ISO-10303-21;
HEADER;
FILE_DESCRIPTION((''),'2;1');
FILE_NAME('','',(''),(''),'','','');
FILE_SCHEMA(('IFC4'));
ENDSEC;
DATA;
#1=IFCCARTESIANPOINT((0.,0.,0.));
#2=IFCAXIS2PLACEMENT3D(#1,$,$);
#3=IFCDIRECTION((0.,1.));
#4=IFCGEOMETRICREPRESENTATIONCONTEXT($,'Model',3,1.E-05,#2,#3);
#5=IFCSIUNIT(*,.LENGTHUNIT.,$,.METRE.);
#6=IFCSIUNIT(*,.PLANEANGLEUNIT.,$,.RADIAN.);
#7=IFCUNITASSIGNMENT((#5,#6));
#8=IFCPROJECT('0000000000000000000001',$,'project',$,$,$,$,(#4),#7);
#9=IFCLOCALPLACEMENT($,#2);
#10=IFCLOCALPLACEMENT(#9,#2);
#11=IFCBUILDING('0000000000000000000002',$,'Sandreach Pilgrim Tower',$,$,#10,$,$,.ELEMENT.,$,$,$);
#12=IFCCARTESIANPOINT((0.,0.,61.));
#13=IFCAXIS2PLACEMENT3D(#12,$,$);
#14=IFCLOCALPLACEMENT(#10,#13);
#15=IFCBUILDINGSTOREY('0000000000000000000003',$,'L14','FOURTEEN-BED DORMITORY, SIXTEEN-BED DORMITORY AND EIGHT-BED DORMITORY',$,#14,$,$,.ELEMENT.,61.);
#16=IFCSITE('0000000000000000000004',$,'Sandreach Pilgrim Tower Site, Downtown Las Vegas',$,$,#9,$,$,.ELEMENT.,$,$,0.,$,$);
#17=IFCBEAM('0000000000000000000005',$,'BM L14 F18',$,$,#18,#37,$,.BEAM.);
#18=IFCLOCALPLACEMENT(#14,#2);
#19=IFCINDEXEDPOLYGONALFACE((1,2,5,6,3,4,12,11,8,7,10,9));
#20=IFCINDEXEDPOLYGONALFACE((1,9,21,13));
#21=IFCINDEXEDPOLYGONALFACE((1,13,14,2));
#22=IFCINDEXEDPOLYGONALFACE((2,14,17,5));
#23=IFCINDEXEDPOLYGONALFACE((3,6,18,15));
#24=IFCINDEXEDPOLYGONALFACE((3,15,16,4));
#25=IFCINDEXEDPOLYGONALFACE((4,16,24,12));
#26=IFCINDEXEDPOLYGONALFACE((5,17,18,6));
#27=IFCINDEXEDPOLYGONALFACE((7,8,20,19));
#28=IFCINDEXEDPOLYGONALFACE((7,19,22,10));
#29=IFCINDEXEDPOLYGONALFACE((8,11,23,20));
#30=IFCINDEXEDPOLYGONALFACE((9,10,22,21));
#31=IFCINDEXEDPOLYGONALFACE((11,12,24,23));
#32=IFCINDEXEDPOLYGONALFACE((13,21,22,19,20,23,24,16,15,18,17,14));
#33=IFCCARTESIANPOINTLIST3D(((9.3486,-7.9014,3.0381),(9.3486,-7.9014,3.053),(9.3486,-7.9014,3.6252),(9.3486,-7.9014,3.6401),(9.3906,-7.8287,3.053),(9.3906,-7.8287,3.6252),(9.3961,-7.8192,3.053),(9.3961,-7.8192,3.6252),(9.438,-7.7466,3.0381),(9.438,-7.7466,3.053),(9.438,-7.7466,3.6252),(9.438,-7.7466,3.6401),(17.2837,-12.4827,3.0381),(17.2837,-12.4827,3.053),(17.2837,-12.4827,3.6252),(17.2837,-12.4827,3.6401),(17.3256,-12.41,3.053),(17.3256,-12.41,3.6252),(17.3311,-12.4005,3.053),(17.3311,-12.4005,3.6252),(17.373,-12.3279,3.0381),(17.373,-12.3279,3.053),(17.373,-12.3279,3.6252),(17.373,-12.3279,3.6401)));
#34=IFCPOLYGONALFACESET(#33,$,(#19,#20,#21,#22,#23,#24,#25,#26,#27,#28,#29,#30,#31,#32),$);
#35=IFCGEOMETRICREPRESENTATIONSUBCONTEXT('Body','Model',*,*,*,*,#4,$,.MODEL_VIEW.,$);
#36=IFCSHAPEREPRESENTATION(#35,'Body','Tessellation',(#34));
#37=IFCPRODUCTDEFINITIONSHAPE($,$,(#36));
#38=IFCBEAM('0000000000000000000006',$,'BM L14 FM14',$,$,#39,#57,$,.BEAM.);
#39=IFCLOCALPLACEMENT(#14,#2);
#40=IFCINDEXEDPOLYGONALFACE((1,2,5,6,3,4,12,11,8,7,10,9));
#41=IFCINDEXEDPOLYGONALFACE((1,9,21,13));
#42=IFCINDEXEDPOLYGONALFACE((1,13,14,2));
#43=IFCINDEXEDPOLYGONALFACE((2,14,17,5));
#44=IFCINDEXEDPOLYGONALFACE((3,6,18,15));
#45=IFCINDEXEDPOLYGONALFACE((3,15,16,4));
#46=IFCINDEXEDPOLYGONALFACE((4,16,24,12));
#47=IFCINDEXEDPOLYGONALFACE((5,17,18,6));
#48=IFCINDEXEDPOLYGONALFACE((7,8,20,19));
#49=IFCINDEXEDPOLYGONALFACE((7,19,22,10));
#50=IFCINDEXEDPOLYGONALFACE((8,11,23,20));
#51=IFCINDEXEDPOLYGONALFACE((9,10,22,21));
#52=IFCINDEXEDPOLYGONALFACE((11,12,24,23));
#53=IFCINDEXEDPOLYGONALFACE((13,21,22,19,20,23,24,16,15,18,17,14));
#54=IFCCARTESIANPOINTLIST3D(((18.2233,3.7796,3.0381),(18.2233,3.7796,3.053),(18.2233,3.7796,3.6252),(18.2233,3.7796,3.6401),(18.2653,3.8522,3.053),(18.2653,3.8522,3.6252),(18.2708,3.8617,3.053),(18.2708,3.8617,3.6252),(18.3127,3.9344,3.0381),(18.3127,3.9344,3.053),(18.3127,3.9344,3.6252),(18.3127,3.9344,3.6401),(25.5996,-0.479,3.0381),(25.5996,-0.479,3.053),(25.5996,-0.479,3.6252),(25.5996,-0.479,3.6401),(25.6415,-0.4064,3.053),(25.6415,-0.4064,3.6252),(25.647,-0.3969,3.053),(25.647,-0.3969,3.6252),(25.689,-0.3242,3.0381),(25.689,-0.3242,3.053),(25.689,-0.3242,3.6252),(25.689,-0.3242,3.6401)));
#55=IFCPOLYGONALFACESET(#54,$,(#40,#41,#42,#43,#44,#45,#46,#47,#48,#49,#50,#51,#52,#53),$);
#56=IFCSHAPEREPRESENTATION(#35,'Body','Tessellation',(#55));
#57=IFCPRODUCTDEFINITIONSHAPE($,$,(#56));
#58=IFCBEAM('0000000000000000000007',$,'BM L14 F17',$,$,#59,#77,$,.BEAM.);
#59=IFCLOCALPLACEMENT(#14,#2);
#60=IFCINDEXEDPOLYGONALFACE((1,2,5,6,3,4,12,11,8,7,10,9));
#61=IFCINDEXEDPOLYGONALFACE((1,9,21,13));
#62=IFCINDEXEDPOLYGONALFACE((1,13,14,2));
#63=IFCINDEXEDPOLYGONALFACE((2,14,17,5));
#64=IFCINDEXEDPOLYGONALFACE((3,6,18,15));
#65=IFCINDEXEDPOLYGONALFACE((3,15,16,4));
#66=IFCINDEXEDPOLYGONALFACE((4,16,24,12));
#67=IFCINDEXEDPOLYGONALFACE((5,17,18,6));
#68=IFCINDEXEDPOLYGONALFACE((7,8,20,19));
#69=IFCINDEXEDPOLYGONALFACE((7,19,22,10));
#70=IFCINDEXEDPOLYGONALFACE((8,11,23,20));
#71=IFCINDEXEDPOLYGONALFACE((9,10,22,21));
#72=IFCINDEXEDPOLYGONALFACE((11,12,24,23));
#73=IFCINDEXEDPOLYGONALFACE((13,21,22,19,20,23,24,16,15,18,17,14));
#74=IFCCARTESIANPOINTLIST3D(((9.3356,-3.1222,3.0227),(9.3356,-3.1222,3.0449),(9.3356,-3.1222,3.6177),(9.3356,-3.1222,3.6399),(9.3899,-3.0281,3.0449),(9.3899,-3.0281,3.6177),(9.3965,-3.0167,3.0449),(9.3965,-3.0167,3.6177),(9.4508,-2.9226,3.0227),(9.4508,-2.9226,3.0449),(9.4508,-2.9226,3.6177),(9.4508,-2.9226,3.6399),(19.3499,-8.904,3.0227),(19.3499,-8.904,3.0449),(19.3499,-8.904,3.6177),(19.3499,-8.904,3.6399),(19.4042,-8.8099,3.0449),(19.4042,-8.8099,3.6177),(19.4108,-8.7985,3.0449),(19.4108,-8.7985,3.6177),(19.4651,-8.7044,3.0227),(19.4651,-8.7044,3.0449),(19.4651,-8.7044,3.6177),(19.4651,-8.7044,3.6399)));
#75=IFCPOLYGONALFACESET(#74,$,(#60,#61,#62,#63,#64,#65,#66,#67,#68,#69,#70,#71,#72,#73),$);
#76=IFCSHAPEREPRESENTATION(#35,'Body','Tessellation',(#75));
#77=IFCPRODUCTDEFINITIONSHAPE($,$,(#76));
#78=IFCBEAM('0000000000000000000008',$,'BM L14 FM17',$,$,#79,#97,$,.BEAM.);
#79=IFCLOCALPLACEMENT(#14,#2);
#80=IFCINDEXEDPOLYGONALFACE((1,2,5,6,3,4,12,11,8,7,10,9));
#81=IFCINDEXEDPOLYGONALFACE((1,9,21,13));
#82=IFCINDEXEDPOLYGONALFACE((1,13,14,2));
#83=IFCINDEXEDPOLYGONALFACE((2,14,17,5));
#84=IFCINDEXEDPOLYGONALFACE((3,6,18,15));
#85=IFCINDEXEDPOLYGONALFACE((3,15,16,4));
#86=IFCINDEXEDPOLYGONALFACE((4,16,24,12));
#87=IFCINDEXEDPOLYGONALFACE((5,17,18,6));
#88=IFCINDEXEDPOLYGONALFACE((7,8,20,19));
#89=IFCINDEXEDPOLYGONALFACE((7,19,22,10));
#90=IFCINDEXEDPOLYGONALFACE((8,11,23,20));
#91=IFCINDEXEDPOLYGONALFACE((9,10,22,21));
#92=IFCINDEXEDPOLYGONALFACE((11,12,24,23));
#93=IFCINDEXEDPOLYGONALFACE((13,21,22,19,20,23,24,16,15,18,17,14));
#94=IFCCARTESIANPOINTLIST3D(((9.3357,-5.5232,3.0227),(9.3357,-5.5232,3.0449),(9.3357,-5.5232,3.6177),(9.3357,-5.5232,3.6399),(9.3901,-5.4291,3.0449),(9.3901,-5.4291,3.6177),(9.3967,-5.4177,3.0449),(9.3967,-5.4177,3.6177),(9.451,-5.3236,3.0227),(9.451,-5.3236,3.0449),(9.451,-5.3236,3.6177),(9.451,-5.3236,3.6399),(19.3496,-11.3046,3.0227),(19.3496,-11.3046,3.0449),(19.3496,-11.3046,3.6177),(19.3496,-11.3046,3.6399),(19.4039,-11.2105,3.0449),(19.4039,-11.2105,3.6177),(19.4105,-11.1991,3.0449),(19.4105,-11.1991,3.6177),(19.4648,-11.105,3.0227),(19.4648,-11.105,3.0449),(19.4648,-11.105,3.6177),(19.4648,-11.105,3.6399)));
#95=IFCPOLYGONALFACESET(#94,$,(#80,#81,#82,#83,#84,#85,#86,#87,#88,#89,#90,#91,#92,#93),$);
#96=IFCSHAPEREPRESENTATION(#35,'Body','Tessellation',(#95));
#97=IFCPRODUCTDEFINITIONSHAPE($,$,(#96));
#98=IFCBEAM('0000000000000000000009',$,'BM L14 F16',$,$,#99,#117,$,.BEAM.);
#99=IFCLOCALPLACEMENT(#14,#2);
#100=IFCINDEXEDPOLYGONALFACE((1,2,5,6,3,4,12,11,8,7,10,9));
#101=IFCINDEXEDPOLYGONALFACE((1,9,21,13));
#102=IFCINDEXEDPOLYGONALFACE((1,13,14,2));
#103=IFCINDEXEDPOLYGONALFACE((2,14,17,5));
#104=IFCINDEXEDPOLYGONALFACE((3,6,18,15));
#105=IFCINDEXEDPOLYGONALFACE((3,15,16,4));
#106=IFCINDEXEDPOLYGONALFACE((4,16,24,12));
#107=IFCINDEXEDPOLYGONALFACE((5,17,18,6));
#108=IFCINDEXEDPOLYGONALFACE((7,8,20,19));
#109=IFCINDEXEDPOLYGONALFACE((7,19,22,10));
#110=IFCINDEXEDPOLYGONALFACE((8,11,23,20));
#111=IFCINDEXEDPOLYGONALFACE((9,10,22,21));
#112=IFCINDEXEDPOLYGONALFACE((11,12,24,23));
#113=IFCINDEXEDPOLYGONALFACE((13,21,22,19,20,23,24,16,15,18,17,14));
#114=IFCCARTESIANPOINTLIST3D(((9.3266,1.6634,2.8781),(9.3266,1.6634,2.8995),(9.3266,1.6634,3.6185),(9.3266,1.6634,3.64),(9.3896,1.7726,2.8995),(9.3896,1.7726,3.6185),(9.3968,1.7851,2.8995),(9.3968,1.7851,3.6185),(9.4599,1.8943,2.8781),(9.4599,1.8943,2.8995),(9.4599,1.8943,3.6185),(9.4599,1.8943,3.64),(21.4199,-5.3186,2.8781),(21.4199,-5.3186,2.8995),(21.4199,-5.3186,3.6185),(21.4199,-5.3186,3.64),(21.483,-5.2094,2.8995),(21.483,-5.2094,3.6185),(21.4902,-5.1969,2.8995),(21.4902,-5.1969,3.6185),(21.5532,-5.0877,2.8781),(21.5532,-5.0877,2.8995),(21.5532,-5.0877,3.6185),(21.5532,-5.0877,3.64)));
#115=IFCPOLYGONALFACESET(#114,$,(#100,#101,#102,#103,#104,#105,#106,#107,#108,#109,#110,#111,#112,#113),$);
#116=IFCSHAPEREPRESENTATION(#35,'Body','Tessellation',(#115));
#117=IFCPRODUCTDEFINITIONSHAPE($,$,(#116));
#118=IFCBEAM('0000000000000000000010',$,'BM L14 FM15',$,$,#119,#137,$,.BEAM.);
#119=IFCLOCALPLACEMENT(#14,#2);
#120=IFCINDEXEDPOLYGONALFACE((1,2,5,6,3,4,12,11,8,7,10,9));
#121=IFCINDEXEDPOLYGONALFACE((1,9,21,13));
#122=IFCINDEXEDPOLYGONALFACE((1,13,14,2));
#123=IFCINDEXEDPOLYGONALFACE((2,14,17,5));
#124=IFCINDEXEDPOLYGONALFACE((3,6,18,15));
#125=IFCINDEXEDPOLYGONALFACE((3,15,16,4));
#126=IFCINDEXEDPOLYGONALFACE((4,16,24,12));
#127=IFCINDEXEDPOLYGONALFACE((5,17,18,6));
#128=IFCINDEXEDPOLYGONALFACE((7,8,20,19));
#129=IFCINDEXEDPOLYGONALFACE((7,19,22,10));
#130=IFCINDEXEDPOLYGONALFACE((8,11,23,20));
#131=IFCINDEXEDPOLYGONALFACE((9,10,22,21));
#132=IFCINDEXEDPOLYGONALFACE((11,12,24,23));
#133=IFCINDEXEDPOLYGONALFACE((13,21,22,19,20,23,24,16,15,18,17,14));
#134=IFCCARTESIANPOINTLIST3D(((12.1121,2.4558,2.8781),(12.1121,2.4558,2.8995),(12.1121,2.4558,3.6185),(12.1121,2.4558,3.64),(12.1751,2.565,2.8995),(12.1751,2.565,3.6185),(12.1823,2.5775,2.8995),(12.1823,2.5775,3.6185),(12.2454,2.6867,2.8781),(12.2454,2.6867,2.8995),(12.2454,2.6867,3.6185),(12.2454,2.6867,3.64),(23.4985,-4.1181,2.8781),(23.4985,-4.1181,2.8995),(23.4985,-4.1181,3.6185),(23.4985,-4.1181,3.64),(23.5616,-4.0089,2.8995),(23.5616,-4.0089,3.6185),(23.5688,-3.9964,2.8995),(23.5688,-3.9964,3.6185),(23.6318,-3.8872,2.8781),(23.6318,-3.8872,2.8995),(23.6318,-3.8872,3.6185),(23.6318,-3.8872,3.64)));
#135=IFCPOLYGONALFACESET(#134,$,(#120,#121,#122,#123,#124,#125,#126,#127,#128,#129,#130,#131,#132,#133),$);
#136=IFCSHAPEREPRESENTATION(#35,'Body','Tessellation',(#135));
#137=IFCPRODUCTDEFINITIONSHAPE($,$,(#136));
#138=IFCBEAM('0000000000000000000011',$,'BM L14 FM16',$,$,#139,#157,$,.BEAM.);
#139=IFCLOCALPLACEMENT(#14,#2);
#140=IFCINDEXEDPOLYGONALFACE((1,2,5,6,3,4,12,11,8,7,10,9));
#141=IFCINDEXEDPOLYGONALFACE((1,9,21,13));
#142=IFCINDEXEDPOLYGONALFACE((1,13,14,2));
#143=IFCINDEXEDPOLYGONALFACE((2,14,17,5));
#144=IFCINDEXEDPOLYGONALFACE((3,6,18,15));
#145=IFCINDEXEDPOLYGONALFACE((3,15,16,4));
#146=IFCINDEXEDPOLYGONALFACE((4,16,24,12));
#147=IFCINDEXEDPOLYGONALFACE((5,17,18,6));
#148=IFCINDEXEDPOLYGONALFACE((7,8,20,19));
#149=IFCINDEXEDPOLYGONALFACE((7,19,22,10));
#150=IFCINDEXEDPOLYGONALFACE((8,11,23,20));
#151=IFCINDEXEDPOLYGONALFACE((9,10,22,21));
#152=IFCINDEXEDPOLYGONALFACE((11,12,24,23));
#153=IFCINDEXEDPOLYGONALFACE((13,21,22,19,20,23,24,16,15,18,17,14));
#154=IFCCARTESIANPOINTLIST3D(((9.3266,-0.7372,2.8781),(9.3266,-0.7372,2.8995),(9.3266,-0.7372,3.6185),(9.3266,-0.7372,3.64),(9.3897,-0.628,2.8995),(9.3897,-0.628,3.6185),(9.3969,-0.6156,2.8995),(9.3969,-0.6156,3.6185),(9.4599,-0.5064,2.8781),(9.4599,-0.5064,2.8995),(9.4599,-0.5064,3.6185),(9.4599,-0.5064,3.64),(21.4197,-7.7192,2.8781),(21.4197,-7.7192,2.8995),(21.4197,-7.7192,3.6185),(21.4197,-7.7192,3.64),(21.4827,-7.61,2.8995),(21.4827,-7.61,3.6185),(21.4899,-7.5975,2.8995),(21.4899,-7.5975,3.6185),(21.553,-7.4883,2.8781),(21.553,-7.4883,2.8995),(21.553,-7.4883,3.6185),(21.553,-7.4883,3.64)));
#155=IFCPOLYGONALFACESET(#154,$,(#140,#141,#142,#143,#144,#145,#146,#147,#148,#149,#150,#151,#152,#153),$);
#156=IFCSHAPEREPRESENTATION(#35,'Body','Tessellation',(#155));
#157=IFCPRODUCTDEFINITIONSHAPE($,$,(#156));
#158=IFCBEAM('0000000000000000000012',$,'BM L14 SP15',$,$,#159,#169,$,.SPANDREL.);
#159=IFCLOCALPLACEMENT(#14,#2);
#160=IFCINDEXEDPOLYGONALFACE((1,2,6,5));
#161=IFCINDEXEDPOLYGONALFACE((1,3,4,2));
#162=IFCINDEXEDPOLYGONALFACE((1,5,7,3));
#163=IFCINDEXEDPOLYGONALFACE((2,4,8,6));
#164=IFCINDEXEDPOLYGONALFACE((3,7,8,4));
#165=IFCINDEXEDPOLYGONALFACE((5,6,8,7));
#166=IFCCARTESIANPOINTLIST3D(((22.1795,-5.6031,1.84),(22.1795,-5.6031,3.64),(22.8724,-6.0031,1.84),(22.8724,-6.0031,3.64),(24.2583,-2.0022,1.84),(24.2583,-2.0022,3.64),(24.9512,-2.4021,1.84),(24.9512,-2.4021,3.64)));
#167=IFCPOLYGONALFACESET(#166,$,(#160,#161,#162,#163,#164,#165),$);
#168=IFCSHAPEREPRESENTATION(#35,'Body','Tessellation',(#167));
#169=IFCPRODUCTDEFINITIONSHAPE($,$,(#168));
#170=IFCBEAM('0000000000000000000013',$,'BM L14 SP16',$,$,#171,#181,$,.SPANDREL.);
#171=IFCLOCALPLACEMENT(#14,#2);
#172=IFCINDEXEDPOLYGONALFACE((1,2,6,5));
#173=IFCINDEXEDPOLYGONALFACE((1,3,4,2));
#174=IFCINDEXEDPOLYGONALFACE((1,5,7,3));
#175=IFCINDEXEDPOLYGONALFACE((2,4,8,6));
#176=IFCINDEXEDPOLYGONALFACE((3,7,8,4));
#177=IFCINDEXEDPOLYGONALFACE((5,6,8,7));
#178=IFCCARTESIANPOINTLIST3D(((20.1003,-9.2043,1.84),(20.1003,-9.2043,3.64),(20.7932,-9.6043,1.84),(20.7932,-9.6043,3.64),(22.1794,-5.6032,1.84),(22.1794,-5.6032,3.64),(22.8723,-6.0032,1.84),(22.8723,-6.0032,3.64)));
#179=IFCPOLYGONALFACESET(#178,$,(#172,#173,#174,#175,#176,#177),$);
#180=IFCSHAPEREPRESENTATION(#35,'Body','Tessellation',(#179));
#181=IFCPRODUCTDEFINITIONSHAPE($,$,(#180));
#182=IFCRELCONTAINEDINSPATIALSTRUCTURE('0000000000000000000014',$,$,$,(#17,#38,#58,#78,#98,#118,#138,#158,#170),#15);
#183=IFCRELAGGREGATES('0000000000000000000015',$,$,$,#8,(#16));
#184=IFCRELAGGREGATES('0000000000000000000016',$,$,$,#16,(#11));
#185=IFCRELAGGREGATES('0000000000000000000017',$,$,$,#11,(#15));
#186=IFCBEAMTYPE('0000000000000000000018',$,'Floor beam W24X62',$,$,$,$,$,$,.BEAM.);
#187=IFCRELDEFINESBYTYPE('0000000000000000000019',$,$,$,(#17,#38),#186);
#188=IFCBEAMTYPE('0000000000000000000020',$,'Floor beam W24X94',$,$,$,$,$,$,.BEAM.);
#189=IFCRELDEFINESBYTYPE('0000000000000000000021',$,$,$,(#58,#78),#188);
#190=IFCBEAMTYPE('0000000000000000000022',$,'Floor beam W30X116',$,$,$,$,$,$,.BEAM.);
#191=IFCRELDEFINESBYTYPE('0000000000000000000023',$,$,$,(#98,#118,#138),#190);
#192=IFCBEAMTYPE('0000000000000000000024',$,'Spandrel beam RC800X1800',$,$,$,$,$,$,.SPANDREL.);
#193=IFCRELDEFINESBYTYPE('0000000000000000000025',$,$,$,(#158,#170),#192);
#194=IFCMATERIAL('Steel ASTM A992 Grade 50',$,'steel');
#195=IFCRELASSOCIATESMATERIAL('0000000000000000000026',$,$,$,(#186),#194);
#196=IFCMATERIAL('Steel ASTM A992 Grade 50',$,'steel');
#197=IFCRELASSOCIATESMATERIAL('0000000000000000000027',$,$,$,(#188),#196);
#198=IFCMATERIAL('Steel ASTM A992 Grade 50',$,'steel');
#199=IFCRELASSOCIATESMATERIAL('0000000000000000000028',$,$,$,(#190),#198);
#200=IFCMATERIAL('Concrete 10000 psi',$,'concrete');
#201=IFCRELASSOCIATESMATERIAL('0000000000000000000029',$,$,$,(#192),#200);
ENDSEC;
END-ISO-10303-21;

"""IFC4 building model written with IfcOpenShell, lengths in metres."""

from ifc_helpers import new_model, si_unit, direction, frame, origin, origin_2d, place, context, subcontext, project, spatial, rectangle, i_section, extrude, material, material_profile, profile_set, type_object, element, save


model = new_model("IFC4")

# Units and contexts
model_context = context("Model", 3, precision=1e-05, world=origin(), true_north=direction((0.0, 1.0)))
body_context = subcontext(model_context, "Body", "Model", "MODEL_VIEW")
ifc_project = project(units=[si_unit("LENGTHUNIT", "METRE"), si_unit("PLANEANGLEUNIT", "RADIAN")], contexts=[model_context])

# Site, building, storey
site_placement = place(None, origin())
site = spatial("IfcSite", under=ifc_project, at=site_placement, Name="Sandreach Pilgrim Tower Site, Downtown Las Vegas", CompositionType="ELEMENT", RefElevation=0.0)
building_placement = place(site_placement, origin())
building = spatial("IfcBuilding", under=site, at=building_placement, Name="Sandreach Pilgrim Tower", CompositionType="ELEMENT")
storey_placement = place(building_placement, frame((0.0, 0.0, 61.0)))
storey = spatial("IfcBuildingStorey", under=building, at=storey_placement, Name="L14", Description="FOURTEEN-BED DORMITORY, SIXTEEN-BED DORMITORY AND EIGHT-BED DORMITORY", CompositionType="ELEMENT", Elevation=61.0)

# Beams
ifc_material_1 = material(Name="Steel ASTM A992 Grade 50", Category="steel")
ifc_material_profile_1 = material_profile(ifc_material_1, i_section(OverallWidth=0.1787, OverallDepth=0.6021, WebThickness=0.011, FlangeThickness=0.0149, at=origin_2d()), Name="W24X62")
ifc_profile_set_1 = profile_set([ifc_material_profile_1], Name="Steel ASTM A992 Grade 50")
beam_type_1 = type_object("IfcBeamType", Name="Floor beam W24X62", PredefinedType="BEAM", material=ifc_profile_set_1)
beam_1_placement = place(storey_placement, frame((17.3284, -12.4053, 3.3391), z_axis=(-0.866026, 0.499999, 0.0), x_axis=(-0.499999, -0.866026, 0.0)))
element("IfcBeam", 1, at=beam_1_placement, inside=storey, type_object=beam_type_1, Name="BM L14 F18", PredefinedType="BEAM", context=body_context, shape_type="SweptSolid", body=[
    extrude(i_section(OverallWidth=0.1787, OverallDepth=0.6021, WebThickness=0.011, FlangeThickness=0.0149, at=origin_2d()), origin(), (0.0, 0.0, 1.0), 9.1626),
])
beam_2_placement = place(storey_placement, frame((25.6443, -0.4016, 3.3391), z_axis=(-0.866031, 0.49999, 0.0), x_axis=(-0.49999, -0.866031, 0.0)))
element("IfcBeam", 2, at=beam_2_placement, inside=storey, type_object=beam_type_1, Name="BM L14 FM14", PredefinedType="BEAM", context=body_context, shape_type="SweptSolid", body=[
    extrude(i_section(OverallWidth=0.1787, OverallDepth=0.6021, WebThickness=0.011, FlangeThickness=0.0149, at=origin_2d()), origin(), (0.0, 0.0, 1.0), 8.5173),
])
ifc_material_2 = material(Name="Steel ASTM A992 Grade 50", Category="steel")
ifc_material_profile_2 = material_profile(ifc_material_2, i_section(OverallWidth=0.2305, OverallDepth=0.6172, WebThickness=0.0132, FlangeThickness=0.0222, at=origin_2d()), Name="W24X94")
ifc_profile_set_2 = profile_set([ifc_material_profile_2], Name="Steel ASTM A992 Grade 50")
beam_type_2 = type_object("IfcBeamType", Name="Floor beam W24X94", PredefinedType="BEAM", material=ifc_profile_set_2)
beam_3_placement = place(storey_placement, frame((19.4075, -8.8042, 3.3313), z_axis=(-0.866023, 0.500004, 0.0), x_axis=(-0.500004, -0.866023, 0.0)))
element("IfcBeam", 3, at=beam_3_placement, inside=storey, type_object=beam_type_2, Name="BM L14 F17", PredefinedType="BEAM", context=body_context, shape_type="SweptSolid", body=[
    extrude(i_section(OverallWidth=0.2305, OverallDepth=0.6172, WebThickness=0.0132, FlangeThickness=0.0222, at=origin_2d()), origin(), (0.0, 0.0, 1.0), 11.5635),
])
beam_4_placement = place(storey_placement, frame((19.4072, -11.2048, 3.3313), z_axis=(-0.866027, 0.499997, 0.0), x_axis=(-0.499997, -0.866027, 0.0)))
element("IfcBeam", 4, at=beam_4_placement, inside=storey, type_object=beam_type_2, Name="BM L14 FM17", PredefinedType="BEAM", context=body_context, shape_type="SweptSolid", body=[
    extrude(i_section(OverallWidth=0.2305, OverallDepth=0.6172, WebThickness=0.0132, FlangeThickness=0.0222, at=origin_2d()), origin(), (0.0, 0.0, 1.0), 11.563),
])
ifc_material_3 = material(Name="Steel ASTM A992 Grade 50", Category="steel")
ifc_material_profile_3 = material_profile(ifc_material_3, i_section(OverallWidth=0.2666, OverallDepth=0.762, WebThickness=0.0144, FlangeThickness=0.0215, at=origin_2d()), Name="W30X116")
ifc_profile_set_3 = profile_set([ifc_material_profile_3], Name="Steel ASTM A992 Grade 50")
beam_type_3 = type_object("IfcBeamType", Name="Floor beam W30X116", PredefinedType="BEAM", material=ifc_profile_set_3)
beam_5_placement = place(storey_placement, frame((21.4866, -5.2031, 3.259), z_axis=(-0.866029, 0.499994, 0.0), x_axis=(-0.499994, -0.866029, 0.0)))
element("IfcBeam", 5, at=beam_5_placement, inside=storey, type_object=beam_type_3, Name="BM L14 F16", PredefinedType="BEAM", context=body_context, shape_type="SweptSolid", body=[
    extrude(i_section(OverallWidth=0.2666, OverallDepth=0.762, WebThickness=0.0144, FlangeThickness=0.0215, at=origin_2d()), origin(), (0.0, 0.0, 1.0), 13.9641),
])
beam_6_placement = place(storey_placement, frame((23.5652, -4.0027, 3.259), z_axis=(-0.866026, 0.499999, 0.0), x_axis=(-0.499999, -0.866026, 0.0)))
element("IfcBeam", 6, at=beam_6_placement, inside=storey, type_object=beam_type_3, Name="BM L14 FM15", PredefinedType="BEAM", context=body_context, shape_type="SweptSolid", body=[
    extrude(i_section(OverallWidth=0.2666, OverallDepth=0.762, WebThickness=0.0144, FlangeThickness=0.0215, at=origin_2d()), origin(), (0.0, 0.0, 1.0), 13.1479),
])
beam_7_placement = place(storey_placement, frame((21.4863, -7.6038, 3.259), z_axis=(-0.866025, 0.500001, 0.0), x_axis=(-0.500001, -0.866025, 0.0)))
element("IfcBeam", 7, at=beam_7_placement, inside=storey, type_object=beam_type_3, Name="BM L14 FM16", PredefinedType="BEAM", context=body_context, shape_type="SweptSolid", body=[
    extrude(i_section(OverallWidth=0.2666, OverallDepth=0.762, WebThickness=0.0144, FlangeThickness=0.0215, at=origin_2d()), origin(), (0.0, 0.0, 1.0), 13.9639),
])
ifc_material_4 = material(Name="Concrete 10000 psi", Category="concrete")
ifc_material_profile_4 = material_profile(ifc_material_4, rectangle(XDim=0.8, YDim=1.8, at=origin_2d()), Name="RC800X1800")
ifc_profile_set_4 = profile_set([ifc_material_profile_4], Name="Concrete 10000 psi")
beam_type_4 = type_object("IfcBeamType", Name="Spandrel beam RC800X1800", PredefinedType="SPANDREL", material=ifc_profile_set_4)
beam_8_placement = place(storey_placement, frame((24.6047, -2.2021, 2.74), z_axis=(-0.49996, -0.866049, 0.0), x_axis=(0.866049, -0.49996, 0.0)))
element("IfcBeam", 8, at=beam_8_placement, inside=storey, type_object=beam_type_4, Name="BM L14 SP15", PredefinedType="SPANDREL", context=body_context, shape_type="SweptSolid", body=[
    extrude(rectangle(XDim=0.8, YDim=1.8, at=origin_2d()), origin(), (0.0, 0.0, 1.0), 4.158),
])
for number, where, z_axis, x_axis, name in (
    (9, (22.5259, -5.8032, 2.74), (-0.500004, -0.866023, 0.0), (0.866023, -0.500004, 0.0), "BM L14 SP16"),
):
    element("IfcBeam", number, at=place(storey_placement, frame(where, z_axis=z_axis, x_axis=x_axis)), inside=storey, type_object=beam_type_4, Name=name, PredefinedType="SPANDREL", context=body_context, shape_type="SweptSolid", body=[
        extrude(rectangle(XDim=0.8, YDim=1.8, at=origin_2d()), origin(), (0.0, 0.0, 1.0), 4.1582),
    ])

save(model, "model.ifc")
